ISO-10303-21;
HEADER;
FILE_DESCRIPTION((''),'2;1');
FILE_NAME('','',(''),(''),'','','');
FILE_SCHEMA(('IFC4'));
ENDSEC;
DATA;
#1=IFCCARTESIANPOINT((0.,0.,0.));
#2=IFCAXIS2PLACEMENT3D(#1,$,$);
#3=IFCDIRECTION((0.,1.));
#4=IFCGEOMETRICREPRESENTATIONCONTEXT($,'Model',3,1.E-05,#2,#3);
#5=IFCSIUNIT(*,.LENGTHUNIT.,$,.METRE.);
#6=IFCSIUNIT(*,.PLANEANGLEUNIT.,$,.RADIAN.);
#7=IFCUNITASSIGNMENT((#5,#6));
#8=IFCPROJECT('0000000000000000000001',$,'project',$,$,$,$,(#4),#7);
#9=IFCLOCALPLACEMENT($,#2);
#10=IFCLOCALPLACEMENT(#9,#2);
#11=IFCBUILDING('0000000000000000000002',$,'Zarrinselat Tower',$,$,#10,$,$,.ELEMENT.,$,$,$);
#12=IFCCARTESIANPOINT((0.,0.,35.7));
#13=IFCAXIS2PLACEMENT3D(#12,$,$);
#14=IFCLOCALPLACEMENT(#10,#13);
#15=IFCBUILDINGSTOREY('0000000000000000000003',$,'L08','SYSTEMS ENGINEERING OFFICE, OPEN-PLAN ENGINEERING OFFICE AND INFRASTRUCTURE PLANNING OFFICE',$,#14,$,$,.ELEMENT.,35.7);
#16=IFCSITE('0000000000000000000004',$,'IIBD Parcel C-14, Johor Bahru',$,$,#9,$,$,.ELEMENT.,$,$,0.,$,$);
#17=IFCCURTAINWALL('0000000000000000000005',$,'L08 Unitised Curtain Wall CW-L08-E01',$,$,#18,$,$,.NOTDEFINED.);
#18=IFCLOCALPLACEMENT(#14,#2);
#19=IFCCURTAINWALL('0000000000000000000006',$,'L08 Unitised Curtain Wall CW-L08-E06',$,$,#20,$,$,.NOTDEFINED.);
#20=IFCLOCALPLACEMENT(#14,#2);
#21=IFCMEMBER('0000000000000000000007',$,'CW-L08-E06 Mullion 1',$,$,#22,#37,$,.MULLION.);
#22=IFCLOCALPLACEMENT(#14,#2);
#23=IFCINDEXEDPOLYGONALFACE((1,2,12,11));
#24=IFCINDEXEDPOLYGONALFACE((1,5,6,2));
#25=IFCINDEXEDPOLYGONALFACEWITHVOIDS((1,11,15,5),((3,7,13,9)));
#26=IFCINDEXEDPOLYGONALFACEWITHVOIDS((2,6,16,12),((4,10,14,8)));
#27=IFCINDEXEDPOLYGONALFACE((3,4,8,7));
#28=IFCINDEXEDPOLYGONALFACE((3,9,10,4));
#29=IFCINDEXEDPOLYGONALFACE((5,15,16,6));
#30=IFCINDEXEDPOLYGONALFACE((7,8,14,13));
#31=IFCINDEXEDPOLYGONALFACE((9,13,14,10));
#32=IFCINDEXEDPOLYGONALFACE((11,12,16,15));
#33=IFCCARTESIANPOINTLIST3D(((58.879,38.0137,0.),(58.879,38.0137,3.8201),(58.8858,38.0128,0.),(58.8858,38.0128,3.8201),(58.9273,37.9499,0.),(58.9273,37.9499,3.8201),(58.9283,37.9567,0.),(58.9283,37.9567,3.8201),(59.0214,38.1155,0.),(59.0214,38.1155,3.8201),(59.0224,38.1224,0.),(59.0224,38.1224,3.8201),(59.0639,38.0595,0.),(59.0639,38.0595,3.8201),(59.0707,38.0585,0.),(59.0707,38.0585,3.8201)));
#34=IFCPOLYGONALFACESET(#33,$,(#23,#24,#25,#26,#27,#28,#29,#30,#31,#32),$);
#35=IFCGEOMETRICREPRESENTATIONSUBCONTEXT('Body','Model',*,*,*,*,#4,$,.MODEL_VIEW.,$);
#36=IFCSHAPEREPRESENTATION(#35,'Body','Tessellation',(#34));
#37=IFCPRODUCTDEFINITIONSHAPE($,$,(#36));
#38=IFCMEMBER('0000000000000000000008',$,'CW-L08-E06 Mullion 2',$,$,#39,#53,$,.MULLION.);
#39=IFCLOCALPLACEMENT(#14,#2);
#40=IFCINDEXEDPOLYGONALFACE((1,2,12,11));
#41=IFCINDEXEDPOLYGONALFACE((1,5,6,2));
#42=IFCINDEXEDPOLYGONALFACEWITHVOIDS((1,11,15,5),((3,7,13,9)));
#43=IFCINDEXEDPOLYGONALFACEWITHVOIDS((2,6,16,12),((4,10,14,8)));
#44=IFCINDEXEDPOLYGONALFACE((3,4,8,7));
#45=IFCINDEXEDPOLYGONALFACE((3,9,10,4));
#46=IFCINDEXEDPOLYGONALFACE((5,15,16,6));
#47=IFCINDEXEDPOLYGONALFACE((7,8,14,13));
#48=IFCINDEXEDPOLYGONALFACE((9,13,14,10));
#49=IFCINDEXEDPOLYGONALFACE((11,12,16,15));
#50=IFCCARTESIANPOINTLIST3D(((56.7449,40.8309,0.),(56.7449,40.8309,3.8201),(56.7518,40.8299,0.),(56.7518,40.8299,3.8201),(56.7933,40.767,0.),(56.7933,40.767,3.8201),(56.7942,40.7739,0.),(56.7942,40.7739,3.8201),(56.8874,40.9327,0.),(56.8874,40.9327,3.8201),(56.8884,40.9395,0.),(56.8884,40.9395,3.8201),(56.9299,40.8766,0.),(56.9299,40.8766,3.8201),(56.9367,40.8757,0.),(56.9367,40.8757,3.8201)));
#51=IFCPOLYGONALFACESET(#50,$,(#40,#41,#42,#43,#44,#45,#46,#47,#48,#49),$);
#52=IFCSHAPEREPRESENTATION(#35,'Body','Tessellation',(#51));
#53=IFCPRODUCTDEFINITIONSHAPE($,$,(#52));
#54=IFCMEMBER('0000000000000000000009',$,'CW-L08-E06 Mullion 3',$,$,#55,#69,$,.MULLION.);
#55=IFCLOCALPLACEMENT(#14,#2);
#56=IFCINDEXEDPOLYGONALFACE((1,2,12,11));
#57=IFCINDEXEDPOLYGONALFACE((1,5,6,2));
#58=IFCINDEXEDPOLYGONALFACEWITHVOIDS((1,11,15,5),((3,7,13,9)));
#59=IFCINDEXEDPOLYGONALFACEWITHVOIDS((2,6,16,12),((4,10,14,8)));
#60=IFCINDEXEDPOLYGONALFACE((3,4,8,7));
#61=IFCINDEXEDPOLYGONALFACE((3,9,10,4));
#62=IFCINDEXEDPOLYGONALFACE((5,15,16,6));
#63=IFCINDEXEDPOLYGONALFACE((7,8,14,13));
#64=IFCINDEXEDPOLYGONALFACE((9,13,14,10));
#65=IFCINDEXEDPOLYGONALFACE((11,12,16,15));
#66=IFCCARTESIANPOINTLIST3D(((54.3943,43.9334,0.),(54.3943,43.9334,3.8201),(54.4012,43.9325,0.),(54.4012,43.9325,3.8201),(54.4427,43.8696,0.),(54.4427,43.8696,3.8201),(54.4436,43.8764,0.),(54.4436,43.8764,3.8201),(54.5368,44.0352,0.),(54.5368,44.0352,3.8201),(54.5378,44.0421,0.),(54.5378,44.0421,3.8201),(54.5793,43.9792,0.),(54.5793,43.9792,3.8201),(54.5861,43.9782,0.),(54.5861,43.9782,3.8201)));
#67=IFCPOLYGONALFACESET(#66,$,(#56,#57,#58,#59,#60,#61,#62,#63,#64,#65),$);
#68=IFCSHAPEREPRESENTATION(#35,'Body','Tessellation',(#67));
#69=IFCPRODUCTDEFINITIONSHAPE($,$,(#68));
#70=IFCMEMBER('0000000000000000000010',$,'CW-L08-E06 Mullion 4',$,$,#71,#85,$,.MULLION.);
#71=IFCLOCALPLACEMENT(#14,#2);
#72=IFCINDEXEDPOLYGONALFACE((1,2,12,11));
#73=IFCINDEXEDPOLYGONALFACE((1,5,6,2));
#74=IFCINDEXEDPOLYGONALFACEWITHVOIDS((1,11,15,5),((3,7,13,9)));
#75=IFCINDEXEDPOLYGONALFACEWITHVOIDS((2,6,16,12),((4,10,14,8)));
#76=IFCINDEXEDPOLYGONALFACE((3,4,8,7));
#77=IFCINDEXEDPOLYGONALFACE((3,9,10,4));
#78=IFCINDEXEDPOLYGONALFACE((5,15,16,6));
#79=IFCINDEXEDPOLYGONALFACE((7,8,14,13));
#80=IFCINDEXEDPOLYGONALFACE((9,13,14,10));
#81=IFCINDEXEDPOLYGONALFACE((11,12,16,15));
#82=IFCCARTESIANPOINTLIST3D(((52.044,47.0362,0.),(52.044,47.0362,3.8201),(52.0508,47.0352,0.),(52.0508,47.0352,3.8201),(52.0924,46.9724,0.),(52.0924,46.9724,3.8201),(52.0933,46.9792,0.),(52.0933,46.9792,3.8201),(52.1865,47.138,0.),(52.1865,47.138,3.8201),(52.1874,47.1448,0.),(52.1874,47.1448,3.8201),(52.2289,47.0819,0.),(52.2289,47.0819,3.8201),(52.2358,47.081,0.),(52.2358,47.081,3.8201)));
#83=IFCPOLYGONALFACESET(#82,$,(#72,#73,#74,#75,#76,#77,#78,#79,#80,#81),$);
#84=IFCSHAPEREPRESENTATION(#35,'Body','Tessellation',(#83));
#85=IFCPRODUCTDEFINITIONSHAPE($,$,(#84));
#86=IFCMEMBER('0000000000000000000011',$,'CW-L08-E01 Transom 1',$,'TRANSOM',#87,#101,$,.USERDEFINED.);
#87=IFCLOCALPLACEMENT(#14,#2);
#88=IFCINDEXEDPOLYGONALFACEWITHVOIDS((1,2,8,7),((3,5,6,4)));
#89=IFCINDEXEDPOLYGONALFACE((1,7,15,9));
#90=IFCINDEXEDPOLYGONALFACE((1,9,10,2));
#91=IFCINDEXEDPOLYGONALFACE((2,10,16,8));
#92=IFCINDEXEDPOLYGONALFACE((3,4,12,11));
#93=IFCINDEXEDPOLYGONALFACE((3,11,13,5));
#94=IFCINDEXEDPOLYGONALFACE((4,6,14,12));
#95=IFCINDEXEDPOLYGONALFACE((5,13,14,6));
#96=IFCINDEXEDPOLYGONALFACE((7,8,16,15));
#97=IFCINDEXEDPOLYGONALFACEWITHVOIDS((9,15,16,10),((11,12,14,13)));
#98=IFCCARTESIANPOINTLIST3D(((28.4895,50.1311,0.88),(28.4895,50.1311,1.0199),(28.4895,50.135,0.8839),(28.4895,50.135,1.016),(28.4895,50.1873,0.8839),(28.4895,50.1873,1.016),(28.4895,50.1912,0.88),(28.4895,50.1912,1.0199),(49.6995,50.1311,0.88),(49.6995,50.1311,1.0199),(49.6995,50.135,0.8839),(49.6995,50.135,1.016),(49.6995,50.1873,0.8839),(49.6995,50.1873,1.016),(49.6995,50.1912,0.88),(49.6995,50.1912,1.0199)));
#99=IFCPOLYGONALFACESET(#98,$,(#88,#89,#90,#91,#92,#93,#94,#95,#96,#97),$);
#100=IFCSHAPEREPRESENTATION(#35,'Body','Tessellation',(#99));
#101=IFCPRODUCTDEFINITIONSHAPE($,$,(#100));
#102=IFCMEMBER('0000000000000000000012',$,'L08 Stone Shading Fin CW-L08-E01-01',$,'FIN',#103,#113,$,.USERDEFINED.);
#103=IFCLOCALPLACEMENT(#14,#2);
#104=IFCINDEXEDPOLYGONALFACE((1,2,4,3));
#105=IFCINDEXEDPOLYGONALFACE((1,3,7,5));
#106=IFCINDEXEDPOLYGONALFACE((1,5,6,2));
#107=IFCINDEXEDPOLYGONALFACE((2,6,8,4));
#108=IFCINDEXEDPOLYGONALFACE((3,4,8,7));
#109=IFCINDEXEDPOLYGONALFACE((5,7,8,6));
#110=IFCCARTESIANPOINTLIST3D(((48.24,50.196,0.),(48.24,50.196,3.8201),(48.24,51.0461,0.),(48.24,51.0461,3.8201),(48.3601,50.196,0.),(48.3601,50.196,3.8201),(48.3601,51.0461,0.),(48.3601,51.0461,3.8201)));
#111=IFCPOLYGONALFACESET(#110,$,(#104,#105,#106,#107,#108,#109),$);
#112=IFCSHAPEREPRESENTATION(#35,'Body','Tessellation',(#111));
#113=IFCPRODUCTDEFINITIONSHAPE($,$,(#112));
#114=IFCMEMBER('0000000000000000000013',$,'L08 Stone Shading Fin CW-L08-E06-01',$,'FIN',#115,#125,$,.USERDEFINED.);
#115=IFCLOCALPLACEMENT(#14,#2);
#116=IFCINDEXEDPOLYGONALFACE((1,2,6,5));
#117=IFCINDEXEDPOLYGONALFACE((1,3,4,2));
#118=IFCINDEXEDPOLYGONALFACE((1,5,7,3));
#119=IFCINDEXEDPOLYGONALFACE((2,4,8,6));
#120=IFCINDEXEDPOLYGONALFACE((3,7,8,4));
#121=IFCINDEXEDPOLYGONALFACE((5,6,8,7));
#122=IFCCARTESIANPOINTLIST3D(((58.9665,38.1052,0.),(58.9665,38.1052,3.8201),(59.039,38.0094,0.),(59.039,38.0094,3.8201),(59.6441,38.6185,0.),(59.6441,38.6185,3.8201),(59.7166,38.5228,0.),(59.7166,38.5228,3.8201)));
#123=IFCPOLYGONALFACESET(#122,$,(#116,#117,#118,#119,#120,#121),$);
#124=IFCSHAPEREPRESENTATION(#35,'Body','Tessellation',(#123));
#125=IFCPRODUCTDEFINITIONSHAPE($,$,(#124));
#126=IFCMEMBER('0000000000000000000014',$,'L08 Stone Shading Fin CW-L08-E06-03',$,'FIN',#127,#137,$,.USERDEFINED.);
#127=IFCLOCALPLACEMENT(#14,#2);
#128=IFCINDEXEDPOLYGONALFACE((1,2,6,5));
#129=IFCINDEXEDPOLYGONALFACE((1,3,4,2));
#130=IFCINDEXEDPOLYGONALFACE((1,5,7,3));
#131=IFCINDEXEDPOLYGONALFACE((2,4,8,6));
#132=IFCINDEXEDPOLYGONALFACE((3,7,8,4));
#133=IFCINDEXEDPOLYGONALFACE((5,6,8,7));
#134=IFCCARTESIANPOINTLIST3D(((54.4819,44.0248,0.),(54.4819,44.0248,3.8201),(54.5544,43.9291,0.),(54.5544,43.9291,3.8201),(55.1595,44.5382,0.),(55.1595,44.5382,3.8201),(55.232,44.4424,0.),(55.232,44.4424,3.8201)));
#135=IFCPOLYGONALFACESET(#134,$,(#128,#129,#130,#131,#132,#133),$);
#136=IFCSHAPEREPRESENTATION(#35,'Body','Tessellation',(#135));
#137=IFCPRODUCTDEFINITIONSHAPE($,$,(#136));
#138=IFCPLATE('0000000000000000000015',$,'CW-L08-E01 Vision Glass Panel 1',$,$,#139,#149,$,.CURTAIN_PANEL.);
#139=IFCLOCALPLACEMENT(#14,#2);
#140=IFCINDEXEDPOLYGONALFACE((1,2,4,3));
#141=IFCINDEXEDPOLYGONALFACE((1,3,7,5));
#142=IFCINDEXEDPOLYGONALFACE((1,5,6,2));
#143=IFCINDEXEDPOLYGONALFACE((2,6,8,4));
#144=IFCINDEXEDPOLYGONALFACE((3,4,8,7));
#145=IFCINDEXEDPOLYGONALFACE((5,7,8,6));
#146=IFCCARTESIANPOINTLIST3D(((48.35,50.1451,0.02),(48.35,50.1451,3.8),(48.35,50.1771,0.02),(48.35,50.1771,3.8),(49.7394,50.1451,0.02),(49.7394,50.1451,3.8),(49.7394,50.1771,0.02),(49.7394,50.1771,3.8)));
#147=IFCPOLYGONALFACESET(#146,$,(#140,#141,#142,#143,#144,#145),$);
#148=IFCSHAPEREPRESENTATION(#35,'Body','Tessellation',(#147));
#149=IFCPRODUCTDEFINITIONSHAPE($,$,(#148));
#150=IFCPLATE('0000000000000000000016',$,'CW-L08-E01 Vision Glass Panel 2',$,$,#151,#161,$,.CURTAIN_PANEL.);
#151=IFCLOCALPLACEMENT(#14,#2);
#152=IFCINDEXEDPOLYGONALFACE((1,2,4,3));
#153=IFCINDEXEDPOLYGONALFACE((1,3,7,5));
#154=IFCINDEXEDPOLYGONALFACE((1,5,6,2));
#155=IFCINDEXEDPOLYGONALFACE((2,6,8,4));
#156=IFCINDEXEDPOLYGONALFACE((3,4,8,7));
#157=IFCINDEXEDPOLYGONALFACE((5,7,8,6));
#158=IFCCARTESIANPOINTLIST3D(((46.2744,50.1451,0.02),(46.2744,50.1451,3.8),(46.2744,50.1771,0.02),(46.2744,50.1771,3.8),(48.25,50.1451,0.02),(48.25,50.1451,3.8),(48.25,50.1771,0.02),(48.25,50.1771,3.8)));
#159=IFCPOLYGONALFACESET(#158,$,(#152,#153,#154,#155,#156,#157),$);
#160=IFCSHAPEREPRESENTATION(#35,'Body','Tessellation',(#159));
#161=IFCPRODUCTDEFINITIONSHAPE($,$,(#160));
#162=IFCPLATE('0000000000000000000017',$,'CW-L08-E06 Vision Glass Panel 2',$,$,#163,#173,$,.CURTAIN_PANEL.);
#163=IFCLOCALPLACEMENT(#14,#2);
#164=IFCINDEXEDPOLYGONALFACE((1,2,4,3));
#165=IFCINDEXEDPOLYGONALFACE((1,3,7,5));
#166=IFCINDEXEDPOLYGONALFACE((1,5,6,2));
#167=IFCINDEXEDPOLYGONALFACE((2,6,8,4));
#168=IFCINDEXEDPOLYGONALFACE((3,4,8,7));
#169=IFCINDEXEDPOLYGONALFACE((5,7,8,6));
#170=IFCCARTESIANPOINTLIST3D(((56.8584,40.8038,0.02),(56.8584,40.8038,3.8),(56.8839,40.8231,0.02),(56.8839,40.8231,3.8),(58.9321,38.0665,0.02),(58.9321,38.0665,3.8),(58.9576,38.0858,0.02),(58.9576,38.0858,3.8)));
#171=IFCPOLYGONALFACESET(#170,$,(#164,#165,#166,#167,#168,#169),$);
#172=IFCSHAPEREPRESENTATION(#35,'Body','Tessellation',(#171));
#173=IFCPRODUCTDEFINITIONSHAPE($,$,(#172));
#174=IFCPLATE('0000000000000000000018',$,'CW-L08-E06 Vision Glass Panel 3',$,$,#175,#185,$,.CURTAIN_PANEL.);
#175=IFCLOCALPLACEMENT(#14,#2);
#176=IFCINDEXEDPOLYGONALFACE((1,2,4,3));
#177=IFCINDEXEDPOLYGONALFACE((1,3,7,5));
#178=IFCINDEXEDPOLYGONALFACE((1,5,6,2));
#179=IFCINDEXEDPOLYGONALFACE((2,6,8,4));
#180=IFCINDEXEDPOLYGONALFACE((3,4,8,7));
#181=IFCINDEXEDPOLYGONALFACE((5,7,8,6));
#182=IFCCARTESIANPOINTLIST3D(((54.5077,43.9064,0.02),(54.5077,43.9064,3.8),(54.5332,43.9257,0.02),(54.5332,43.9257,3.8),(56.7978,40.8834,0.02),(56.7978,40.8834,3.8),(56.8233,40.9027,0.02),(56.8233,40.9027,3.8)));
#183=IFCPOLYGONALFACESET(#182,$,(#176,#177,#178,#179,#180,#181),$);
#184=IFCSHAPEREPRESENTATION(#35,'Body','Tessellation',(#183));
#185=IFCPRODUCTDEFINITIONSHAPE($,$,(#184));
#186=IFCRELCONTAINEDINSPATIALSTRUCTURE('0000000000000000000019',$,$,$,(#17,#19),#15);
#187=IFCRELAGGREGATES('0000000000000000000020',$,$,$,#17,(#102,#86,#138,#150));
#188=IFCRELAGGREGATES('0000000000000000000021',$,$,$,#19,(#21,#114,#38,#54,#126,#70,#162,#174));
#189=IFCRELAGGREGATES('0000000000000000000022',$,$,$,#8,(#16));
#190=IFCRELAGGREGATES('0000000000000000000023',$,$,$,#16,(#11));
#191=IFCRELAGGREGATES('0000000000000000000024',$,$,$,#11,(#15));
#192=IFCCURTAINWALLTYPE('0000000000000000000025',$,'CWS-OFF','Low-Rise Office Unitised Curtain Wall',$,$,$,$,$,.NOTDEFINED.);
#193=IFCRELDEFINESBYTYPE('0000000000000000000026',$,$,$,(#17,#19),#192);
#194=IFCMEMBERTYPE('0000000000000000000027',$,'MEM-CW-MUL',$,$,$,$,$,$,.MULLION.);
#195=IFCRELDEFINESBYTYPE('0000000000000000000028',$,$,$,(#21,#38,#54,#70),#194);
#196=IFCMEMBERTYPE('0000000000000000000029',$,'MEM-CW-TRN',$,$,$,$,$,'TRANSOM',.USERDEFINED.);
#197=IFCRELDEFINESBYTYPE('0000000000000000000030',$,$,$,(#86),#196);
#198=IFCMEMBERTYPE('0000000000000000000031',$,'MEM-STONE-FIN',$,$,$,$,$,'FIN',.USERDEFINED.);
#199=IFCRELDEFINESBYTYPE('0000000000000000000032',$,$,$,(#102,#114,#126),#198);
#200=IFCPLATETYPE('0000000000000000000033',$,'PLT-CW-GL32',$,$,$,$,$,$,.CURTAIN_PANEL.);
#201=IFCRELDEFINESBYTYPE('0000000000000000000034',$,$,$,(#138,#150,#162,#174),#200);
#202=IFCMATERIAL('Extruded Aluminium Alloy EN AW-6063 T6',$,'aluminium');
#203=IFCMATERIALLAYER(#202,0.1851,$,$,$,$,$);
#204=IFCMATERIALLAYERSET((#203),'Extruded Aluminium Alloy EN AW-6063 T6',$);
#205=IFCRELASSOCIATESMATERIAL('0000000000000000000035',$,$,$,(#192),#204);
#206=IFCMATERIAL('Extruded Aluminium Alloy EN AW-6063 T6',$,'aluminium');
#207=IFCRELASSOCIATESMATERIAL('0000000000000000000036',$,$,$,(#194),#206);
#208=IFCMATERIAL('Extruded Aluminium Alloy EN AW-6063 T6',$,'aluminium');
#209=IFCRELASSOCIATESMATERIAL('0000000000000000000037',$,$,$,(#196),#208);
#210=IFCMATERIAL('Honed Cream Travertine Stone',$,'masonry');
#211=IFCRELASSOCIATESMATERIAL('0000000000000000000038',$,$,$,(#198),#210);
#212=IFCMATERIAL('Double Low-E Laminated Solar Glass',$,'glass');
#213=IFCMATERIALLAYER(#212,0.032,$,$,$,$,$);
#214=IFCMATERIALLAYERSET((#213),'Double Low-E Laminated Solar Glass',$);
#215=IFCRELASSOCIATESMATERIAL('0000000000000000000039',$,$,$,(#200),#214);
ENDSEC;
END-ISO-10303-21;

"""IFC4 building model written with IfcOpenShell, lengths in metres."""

from ifc_helpers import new_model, si_unit, direction, frame, origin, origin_2d, place, context, subcontext, project, spatial, rectangle, hollow_rectangle, extrude, material, layer, layer_set, material_profile, profile_set, type_object, element, aggregate, save


model = new_model("IFC4")

# Units and contexts
model_context = context("Model", 3, precision=1e-05, world=origin(), true_north=direction((0.0, 1.0)))
body_context = subcontext(model_context, "Body", "Model", "MODEL_VIEW")
ifc_project = project(units=[si_unit("LENGTHUNIT", "METRE"), si_unit("PLANEANGLEUNIT", "RADIAN")], contexts=[model_context])

# Site, building, storey
site_placement = place(None, origin())
site = spatial("IfcSite", under=ifc_project, at=site_placement, Name="IIBD Parcel C-14, Johor Bahru", CompositionType="ELEMENT", RefElevation=0.0)
building_placement = place(site_placement, origin())
building = spatial("IfcBuilding", under=site, at=building_placement, Name="Zarrinselat Tower", CompositionType="ELEMENT")
storey_placement = place(building_placement, frame((0.0, 0.0, 35.7)))
storey = spatial("IfcBuildingStorey", under=building, at=storey_placement, Name="L08", Description="SYSTEMS ENGINEERING OFFICE, OPEN-PLAN ENGINEERING OFFICE AND INFRASTRUCTURE PLANNING OFFICE", CompositionType="ELEMENT", Elevation=35.7)

# Curtain walls, members
ifc_material_1 = material(Name="Extruded Aluminium Alloy EN AW-6063 T6", Category="aluminium")
ifc_layer_1 = layer(ifc_material_1, 0.1851)
ifc_layer_set_1 = layer_set([ifc_layer_1], Name="Extruded Aluminium Alloy EN AW-6063 T6")
curtain_wall_type = type_object("IfcCurtainWallType", Name="CWS-OFF", Description="Low-Rise Office Unitised Curtain Wall", PredefinedType="NOTDEFINED", material=ifc_layer_set_1)
curtain_wall_1_placement = place(storey_placement, origin())
curtain_wall_1 = element("IfcCurtainWall", 1, at=curtain_wall_1_placement, inside=storey, type_object=curtain_wall_type, Name="L08 Unitised Curtain Wall CW-L08-E01", PredefinedType="NOTDEFINED")
ifc_material_2 = material(Name="Extruded Aluminium Alloy EN AW-6063 T6", Category="aluminium")
ifc_material_profile_1 = material_profile(ifc_material_2, hollow_rectangle(XDim=0.0801, YDim=0.1799, WallThickness=0.0049, at=origin_2d()), Name="RHS 180x80x5")
ifc_profile_set_1 = profile_set([ifc_material_profile_1], Name="Extruded Aluminium Alloy EN AW-6063 T6")
member_type_1 = type_object("IfcMemberType", Name="MEM-CW-MUL", PredefinedType="MULLION", material=ifc_profile_set_1)
curtain_wall_2_placement = place(storey_placement, origin())
curtain_wall_2 = element("IfcCurtainWall", 2, at=curtain_wall_2_placement, inside=storey, type_object=curtain_wall_type, Name="L08 Unitised Curtain Wall CW-L08-E06", PredefinedType="NOTDEFINED")
member_1_placement = place(storey_placement, frame((58.9749, 38.0361, 0.0), z_axis=(0.0, 0.0, 1.0), x_axis=(-0.603859, 0.797091, 0.0)))
member_1 = element("IfcMember", 3, at=member_1_placement, type_object=member_type_1, Name="CW-L08-E06 Mullion 1", PredefinedType="MULLION", context=body_context, shape_type="SweptSolid", body=[
    extrude(hollow_rectangle(XDim=0.0801, YDim=0.1799, WallThickness=0.0049, at=origin_2d()), origin(), (0.0, 0.0, 1.0), 3.8201),
])
member_2_placement = place(storey_placement, frame((56.8408, 40.8533, 0.0), z_axis=(0.0, 0.0, 1.0), x_axis=(-0.603859, 0.797091, 0.0)))
member_2 = element("IfcMember", 4, at=member_2_placement, type_object=member_type_1, Name="CW-L08-E06 Mullion 2", PredefinedType="MULLION", context=body_context, shape_type="SweptSolid", body=[
    extrude(hollow_rectangle(XDim=0.0801, YDim=0.1799, WallThickness=0.0049, at=origin_2d()), origin(), (0.0, 0.0, 1.0), 3.8201),
])
member_3_placement = place(storey_placement, frame((54.4902, 43.9558, 0.0), z_axis=(0.0, 0.0, 1.0), x_axis=(-0.603859, 0.797091, 0.0)))
member_3 = element("IfcMember", 5, at=member_3_placement, type_object=member_type_1, Name="CW-L08-E06 Mullion 3", PredefinedType="MULLION", context=body_context, shape_type="SweptSolid", body=[
    extrude(hollow_rectangle(XDim=0.0801, YDim=0.1799, WallThickness=0.0049, at=origin_2d()), origin(), (0.0, 0.0, 1.0), 3.8201),
])
member_4_placement = place(storey_placement, frame((52.1399, 47.0586, 0.0), z_axis=(0.0, 0.0, 1.0), x_axis=(-0.603859, 0.797091, 0.0)))
member_4 = element("IfcMember", 6, at=member_4_placement, type_object=member_type_1, Name="CW-L08-E06 Mullion 4", PredefinedType="MULLION", context=body_context, shape_type="SweptSolid", body=[
    extrude(hollow_rectangle(XDim=0.0801, YDim=0.1799, WallThickness=0.0049, at=origin_2d()), origin(), (0.0, 0.0, 1.0), 3.8201),
])

# Members
ifc_material_3 = material(Name="Extruded Aluminium Alloy EN AW-6063 T6", Category="aluminium")
ifc_material_profile_2 = material_profile(ifc_material_3, hollow_rectangle(XDim=0.0601, YDim=0.1399, WallThickness=0.0039, at=origin_2d()), Name="RHS 140x60x4")
ifc_profile_set_2 = profile_set([ifc_material_profile_2], Name="Extruded Aluminium Alloy EN AW-6063 T6")
member_type_2 = type_object("IfcMemberType", Name="MEM-CW-TRN", ElementType="TRANSOM", PredefinedType="USERDEFINED", material=ifc_profile_set_2)
member_5_placement = place(storey_placement, frame((49.6995, 50.1611, 0.95), z_axis=(-1.0, 0.0, 0.0), x_axis=(0.0, -1.0, 0.0)))
member_5 = element("IfcMember", 7, at=member_5_placement, type_object=member_type_2, Name="CW-L08-E01 Transom 1", ObjectType="TRANSOM", PredefinedType="USERDEFINED", context=body_context, shape_type="SweptSolid", body=[
    extrude(hollow_rectangle(XDim=0.0601, YDim=0.1399, WallThickness=0.0039, at=origin_2d()), origin(), (0.0, 0.0, 1.0), 21.21),
])
ifc_material_4 = material(Name="Honed Cream Travertine Stone", Category="masonry")
ifc_material_profile_3 = material_profile(ifc_material_4, rectangle(XDim=0.1201, YDim=0.8501, at=origin_2d()), Name="FIN 850x120")
ifc_profile_set_3 = profile_set([ifc_material_profile_3], Name="Honed Cream Travertine Stone")
member_type_3 = type_object("IfcMemberType", Name="MEM-STONE-FIN", ElementType="FIN", PredefinedType="USERDEFINED", material=ifc_profile_set_3)
member_6_placement = place(storey_placement, frame((48.3, 50.6211, 0.0), z_axis=(0.0, 0.0, 1.0), x_axis=(1.0, 0.0, 0.0)))
member_6 = element("IfcMember", 8, at=member_6_placement, type_object=member_type_3, Name="L08 Stone Shading Fin CW-L08-E01-01", ObjectType="FIN", PredefinedType="USERDEFINED", context=body_context, shape_type="SweptSolid", body=[
    extrude(rectangle(XDim=0.1201, YDim=0.8501, at=origin_2d()), origin(), (0.0, 0.0, 1.0), 3.8201),
])
member_7_placement = place(storey_placement, frame((59.3416, 38.314, 0.0), z_axis=(0.0, 0.0, 1.0), x_axis=(0.603859, -0.797091, 0.0)))
member_7 = element("IfcMember", 9, at=member_7_placement, type_object=member_type_3, Name="L08 Stone Shading Fin CW-L08-E06-01", ObjectType="FIN", PredefinedType="USERDEFINED", context=body_context, shape_type="SweptSolid", body=[
    extrude(rectangle(XDim=0.1201, YDim=0.8501, at=origin_2d()), origin(), (0.0, 0.0, 1.0), 3.8201),
])
member_8_placement = place(storey_placement, frame((54.8569, 44.2336, 0.0), z_axis=(0.0, 0.0, 1.0), x_axis=(0.603859, -0.797091, 0.0)))
member_8 = element("IfcMember", 10, at=member_8_placement, type_object=member_type_3, Name="L08 Stone Shading Fin CW-L08-E06-03", ObjectType="FIN", PredefinedType="USERDEFINED", context=body_context, shape_type="SweptSolid", body=[
    extrude(rectangle(XDim=0.1201, YDim=0.8501, at=origin_2d()), origin(), (0.0, 0.0, 1.0), 3.8201),
])

# Plates
ifc_material_5 = material(Name="Double Low-E Laminated Solar Glass", Category="glass")
ifc_layer_2 = layer(ifc_material_5, 0.032)
ifc_layer_set_2 = layer_set([ifc_layer_2], Name="Double Low-E Laminated Solar Glass")
plate_type = type_object("IfcPlateType", Name="PLT-CW-GL32", PredefinedType="CURTAIN_PANEL", material=ifc_layer_set_2)
plate_1_placement = place(storey_placement, frame((49.0447, 50.1611, 0.02), z_axis=(0.0, 0.0, 1.0), x_axis=(-1.0, 0.0, 0.0)))
plate_1 = element("IfcPlate", 11, at=plate_1_placement, type_object=plate_type, Name="CW-L08-E01 Vision Glass Panel 1", PredefinedType="CURTAIN_PANEL", context=body_context, shape_type="SweptSolid", body=[
    extrude(rectangle(XDim=1.3894, YDim=0.032, at=origin_2d()), origin(), (0.0, 0.0, 1.0), 3.78),
])
plate_2_placement = place(storey_placement, frame((47.2622, 50.1611, 0.02), z_axis=(0.0, 0.0, 1.0), x_axis=(-1.0, 0.0, 0.0)))
plate_2 = element("IfcPlate", 12, at=plate_2_placement, type_object=plate_type, Name="CW-L08-E01 Vision Glass Panel 2", PredefinedType="CURTAIN_PANEL", context=body_context, shape_type="SweptSolid", body=[
    extrude(rectangle(XDim=1.9756, YDim=0.032, at=origin_2d()), origin(), (0.0, 0.0, 1.0), 3.78),
])
aggregate(curtain_wall_1, [member_6, member_5, plate_1, plate_2])
plate_3_placement = place(storey_placement, frame((57.908, 39.4448, 0.02), z_axis=(0.0, 0.0, 1.0), x_axis=(-0.603859, 0.797091, 0.0)))
plate_3 = element("IfcPlate", 13, at=plate_3_placement, type_object=plate_type, Name="CW-L08-E06 Vision Glass Panel 2", PredefinedType="CURTAIN_PANEL", context=body_context, shape_type="SweptSolid", body=[
    extrude(rectangle(XDim=3.4341, YDim=0.032, at=origin_2d()), origin(), (0.0, 0.0, 1.0), 3.78),
])
plate_4_placement = place(storey_placement, frame((55.6655, 42.4045, 0.02), z_axis=(0.0, 0.0, 1.0), x_axis=(-0.603859, 0.797091, 0.0)))
plate_4 = element("IfcPlate", 14, at=plate_4_placement, type_object=plate_type, Name="CW-L08-E06 Vision Glass Panel 3", PredefinedType="CURTAIN_PANEL", context=body_context, shape_type="SweptSolid", body=[
    extrude(rectangle(XDim=3.7925, YDim=0.032, at=origin_2d()), origin(), (0.0, 0.0, 1.0), 3.78),
])
aggregate(curtain_wall_2, [member_1, member_7, member_2, member_3, member_8, member_4, plate_3, plate_4])

save(model, "model.ifc")
